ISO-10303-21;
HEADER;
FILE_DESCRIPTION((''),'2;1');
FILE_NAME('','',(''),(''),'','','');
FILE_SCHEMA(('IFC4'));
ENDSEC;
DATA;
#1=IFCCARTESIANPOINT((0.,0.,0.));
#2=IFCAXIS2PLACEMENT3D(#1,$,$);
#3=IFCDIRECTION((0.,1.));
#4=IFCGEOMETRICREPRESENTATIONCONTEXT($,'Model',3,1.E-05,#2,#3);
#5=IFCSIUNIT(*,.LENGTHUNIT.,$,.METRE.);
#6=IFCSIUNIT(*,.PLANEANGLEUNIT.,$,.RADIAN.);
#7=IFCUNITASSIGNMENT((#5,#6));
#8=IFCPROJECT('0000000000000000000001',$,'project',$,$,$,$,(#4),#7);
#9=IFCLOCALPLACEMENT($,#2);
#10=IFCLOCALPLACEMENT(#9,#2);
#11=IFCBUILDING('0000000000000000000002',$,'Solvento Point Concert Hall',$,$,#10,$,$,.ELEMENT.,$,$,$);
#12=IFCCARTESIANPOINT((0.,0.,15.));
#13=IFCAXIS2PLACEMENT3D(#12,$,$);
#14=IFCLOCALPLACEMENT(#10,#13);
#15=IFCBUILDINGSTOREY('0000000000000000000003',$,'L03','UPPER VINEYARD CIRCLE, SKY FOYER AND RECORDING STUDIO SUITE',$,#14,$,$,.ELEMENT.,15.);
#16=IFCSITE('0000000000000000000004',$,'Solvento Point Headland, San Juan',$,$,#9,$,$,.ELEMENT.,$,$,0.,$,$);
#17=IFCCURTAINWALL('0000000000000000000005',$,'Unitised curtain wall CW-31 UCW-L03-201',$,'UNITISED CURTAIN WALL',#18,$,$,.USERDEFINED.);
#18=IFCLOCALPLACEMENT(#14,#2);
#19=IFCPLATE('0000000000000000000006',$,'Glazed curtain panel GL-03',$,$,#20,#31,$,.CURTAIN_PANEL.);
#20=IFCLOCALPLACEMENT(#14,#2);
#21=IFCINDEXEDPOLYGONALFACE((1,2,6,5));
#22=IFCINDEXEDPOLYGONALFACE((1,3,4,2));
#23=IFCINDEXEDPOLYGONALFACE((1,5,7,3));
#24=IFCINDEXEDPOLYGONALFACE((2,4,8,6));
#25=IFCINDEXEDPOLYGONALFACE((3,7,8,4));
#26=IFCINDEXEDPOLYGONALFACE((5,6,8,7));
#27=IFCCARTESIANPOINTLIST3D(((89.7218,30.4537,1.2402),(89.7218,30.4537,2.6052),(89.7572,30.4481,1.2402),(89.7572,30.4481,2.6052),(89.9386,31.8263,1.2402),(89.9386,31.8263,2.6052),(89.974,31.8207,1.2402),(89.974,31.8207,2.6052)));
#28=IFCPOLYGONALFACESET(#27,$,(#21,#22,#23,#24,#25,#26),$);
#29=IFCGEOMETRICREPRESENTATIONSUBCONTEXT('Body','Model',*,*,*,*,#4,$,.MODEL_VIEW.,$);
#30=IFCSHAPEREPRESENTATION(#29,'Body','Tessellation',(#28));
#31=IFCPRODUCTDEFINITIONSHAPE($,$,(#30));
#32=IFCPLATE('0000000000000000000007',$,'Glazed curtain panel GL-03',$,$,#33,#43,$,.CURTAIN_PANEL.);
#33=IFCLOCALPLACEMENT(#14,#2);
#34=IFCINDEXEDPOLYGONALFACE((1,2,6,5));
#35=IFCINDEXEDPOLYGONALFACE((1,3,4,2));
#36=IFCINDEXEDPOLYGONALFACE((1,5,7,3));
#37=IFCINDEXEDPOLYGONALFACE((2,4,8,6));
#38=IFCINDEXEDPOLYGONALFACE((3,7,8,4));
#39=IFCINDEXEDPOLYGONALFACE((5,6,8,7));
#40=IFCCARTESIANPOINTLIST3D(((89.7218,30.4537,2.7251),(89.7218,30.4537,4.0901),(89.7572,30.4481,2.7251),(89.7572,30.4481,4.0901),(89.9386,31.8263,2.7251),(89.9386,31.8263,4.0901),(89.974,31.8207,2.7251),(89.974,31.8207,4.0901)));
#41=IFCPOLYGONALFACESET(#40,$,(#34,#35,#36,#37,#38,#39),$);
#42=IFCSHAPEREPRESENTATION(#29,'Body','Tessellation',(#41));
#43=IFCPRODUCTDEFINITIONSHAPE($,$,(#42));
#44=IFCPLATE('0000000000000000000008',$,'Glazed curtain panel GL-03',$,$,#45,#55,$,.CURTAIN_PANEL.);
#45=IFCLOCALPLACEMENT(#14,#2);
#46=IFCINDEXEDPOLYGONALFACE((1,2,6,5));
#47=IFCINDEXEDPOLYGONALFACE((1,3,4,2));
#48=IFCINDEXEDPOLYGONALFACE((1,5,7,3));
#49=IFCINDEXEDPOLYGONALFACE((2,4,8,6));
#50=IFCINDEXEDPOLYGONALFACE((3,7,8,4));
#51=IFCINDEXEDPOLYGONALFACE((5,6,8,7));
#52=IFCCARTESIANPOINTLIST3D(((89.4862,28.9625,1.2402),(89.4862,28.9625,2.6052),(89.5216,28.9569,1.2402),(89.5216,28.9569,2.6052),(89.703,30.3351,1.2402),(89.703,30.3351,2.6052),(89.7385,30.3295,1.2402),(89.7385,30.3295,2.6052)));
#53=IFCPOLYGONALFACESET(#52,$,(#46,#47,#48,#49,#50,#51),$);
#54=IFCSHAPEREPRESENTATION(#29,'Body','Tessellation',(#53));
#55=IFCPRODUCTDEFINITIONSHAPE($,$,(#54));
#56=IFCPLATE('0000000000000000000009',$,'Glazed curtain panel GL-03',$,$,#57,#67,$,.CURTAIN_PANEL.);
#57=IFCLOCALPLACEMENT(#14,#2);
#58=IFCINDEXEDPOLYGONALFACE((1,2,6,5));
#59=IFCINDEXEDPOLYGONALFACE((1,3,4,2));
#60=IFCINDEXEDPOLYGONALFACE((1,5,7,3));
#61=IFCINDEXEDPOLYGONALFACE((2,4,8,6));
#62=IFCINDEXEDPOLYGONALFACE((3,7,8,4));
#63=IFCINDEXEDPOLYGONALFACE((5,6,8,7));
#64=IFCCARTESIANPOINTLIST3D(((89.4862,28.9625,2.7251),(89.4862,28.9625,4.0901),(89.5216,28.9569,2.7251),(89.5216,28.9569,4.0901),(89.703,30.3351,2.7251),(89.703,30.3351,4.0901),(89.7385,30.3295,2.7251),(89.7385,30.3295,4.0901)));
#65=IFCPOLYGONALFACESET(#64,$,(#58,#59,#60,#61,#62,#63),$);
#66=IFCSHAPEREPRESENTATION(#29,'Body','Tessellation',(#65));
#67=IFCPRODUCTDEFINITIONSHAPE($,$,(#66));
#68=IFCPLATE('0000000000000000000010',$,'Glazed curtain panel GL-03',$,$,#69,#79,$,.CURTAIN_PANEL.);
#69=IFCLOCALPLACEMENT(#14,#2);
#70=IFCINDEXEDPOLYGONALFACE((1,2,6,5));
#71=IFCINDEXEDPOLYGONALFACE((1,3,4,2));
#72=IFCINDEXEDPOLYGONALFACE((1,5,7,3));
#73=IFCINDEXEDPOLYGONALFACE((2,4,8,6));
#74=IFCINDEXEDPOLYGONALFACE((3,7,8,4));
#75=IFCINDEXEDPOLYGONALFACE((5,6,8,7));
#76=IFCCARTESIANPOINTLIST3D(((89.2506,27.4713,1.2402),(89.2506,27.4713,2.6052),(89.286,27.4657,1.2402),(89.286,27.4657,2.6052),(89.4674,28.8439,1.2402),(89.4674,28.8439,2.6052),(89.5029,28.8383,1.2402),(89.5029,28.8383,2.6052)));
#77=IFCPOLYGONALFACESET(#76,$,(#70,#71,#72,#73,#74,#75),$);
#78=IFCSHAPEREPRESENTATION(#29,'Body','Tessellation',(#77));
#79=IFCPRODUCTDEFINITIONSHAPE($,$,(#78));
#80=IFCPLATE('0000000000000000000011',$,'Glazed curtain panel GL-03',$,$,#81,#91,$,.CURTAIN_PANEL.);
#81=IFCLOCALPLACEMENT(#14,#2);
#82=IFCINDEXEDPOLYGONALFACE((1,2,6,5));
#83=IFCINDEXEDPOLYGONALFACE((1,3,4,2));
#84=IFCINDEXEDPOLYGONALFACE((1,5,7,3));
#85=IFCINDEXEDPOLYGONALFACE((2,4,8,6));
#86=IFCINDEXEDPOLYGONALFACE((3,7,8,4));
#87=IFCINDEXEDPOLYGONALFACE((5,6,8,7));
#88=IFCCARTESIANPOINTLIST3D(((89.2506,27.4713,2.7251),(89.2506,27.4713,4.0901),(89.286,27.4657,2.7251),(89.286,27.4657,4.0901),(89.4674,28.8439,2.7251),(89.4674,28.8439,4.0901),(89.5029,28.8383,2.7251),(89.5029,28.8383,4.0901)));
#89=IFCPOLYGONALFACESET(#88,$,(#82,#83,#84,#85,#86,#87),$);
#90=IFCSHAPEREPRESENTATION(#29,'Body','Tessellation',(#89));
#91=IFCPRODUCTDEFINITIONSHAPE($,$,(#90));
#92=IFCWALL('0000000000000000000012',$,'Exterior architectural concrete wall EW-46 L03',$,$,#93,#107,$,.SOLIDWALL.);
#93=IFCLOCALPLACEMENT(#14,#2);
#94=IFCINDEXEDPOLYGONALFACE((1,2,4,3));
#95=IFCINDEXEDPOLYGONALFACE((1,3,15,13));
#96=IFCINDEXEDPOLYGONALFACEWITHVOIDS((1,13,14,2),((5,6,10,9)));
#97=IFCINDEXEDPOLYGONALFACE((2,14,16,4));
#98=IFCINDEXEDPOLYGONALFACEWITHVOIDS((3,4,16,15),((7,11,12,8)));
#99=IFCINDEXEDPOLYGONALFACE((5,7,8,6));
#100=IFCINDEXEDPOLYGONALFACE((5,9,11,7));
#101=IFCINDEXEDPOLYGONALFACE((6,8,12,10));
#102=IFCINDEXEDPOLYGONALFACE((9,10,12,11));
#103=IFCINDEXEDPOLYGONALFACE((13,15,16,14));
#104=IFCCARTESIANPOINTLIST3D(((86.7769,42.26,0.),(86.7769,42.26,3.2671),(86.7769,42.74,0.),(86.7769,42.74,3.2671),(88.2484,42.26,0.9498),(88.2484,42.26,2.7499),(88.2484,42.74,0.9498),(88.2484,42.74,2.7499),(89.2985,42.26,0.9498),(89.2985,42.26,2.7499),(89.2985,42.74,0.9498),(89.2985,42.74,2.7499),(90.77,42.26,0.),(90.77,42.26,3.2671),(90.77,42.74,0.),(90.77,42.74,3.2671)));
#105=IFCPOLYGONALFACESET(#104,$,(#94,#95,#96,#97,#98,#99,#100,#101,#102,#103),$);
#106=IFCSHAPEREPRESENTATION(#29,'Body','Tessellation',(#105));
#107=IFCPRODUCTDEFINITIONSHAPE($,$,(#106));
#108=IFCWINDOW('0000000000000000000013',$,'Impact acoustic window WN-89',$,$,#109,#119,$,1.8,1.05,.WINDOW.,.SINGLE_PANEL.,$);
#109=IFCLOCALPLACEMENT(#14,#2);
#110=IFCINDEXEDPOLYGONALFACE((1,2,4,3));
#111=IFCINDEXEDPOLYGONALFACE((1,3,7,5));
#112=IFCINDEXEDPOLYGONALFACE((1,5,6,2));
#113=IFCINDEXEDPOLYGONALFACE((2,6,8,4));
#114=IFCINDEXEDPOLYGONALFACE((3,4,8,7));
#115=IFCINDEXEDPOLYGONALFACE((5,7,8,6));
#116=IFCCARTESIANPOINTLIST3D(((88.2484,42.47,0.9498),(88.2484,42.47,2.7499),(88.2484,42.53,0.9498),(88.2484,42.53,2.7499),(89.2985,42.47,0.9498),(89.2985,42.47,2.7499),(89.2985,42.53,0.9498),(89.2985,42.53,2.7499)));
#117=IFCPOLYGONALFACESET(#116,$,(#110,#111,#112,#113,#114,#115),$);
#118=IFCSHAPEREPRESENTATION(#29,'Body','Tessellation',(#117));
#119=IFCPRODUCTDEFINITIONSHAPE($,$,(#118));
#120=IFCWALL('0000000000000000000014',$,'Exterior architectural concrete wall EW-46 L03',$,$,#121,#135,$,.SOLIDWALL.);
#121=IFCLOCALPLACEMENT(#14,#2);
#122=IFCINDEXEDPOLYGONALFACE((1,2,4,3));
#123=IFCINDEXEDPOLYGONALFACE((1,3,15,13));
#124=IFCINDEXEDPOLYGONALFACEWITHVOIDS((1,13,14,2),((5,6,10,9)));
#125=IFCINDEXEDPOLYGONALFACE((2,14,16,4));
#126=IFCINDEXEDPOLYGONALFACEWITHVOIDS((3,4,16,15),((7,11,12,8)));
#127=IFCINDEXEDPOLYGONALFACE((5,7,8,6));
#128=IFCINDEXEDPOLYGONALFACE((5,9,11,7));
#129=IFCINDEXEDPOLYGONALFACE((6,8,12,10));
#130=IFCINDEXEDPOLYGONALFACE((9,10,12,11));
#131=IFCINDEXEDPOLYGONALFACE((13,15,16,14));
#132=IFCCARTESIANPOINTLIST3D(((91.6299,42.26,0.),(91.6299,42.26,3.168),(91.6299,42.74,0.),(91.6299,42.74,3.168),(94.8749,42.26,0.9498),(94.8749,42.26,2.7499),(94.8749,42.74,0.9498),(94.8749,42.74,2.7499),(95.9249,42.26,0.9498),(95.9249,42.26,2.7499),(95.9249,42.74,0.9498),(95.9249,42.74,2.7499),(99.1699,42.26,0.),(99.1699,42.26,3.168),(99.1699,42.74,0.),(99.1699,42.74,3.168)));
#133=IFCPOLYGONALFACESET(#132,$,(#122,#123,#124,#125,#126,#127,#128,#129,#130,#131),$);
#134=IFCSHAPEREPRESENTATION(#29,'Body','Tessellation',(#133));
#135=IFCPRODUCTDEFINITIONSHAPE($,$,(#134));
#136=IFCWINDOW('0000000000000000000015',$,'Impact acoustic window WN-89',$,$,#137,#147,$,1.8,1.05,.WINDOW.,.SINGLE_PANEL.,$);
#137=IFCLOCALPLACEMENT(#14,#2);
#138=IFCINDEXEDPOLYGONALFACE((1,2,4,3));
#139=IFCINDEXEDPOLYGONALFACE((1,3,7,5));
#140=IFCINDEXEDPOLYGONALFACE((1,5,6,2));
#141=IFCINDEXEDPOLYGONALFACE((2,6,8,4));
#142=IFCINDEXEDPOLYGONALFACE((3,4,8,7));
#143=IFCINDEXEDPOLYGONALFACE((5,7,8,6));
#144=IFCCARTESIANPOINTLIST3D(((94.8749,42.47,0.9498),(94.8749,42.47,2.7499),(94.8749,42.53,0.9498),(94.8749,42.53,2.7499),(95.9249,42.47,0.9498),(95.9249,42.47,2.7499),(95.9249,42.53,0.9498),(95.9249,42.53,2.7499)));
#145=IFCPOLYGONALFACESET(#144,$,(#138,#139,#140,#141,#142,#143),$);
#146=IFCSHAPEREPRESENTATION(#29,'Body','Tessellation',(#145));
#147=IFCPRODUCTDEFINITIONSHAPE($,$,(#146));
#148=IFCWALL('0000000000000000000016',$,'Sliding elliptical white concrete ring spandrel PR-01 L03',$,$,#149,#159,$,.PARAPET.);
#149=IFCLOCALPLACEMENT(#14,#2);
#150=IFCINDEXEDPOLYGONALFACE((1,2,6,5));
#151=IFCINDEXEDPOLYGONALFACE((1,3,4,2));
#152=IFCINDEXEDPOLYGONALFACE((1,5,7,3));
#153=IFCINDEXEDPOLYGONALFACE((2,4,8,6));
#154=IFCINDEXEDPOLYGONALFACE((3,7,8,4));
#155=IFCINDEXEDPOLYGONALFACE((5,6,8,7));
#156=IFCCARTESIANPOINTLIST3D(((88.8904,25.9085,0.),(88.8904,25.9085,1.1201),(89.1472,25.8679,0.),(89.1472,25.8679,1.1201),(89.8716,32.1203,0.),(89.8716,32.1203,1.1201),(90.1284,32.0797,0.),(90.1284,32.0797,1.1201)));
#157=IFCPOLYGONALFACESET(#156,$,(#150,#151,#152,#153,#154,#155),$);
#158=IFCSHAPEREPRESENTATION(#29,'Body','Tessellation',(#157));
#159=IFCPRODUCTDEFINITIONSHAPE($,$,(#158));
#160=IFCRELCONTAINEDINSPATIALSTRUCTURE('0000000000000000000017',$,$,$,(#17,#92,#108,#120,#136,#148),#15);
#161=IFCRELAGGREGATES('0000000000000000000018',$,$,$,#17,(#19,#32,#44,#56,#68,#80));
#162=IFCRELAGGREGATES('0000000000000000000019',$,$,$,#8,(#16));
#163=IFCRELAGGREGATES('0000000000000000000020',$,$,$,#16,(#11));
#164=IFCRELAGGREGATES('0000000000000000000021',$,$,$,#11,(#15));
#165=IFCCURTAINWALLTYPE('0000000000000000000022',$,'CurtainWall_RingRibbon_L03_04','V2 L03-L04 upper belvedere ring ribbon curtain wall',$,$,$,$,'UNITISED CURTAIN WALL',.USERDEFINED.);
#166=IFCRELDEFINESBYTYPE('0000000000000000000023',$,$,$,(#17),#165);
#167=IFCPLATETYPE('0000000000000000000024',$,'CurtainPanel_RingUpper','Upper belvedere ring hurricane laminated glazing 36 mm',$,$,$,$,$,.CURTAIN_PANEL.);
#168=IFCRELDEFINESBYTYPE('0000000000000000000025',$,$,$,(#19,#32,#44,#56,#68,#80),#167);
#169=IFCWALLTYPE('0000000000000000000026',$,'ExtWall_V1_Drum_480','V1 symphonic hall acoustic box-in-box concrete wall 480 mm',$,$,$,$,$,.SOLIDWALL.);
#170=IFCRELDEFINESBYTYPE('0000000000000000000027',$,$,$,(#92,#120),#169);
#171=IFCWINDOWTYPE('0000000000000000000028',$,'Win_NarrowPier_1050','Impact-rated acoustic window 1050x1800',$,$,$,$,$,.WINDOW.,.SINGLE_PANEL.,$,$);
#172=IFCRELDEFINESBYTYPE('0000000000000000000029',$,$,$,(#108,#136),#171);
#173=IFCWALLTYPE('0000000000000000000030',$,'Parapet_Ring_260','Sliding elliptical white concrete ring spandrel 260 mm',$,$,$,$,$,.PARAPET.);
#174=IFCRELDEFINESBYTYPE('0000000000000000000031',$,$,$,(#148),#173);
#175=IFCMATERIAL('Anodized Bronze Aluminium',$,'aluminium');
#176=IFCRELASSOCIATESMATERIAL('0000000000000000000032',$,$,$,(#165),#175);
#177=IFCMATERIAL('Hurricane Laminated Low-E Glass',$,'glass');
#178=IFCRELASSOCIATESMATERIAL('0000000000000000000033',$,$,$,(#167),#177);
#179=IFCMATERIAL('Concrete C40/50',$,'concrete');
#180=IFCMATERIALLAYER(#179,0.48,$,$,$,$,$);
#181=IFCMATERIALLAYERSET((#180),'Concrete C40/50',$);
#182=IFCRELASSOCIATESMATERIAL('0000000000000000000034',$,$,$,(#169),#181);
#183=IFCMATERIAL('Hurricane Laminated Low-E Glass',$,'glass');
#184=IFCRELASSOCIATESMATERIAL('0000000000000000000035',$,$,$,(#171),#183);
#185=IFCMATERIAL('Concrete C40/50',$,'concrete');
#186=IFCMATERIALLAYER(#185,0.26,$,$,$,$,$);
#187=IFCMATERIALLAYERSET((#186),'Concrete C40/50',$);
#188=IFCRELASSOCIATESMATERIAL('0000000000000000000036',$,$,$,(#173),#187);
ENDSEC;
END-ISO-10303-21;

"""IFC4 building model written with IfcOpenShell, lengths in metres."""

from ifc_helpers import new_model, si_unit, direction, frame, frame_2d, origin, origin_2d, place, context, subcontext, project, spatial, rectangle, extrude, material, layer, layer_set, type_object, element, fill, aggregate, save


model = new_model("IFC4")

# Units and contexts
model_context = context("Model", 3, precision=1e-05, world=origin(), true_north=direction((0.0, 1.0)))
body_context = subcontext(model_context, "Body", "Model", "MODEL_VIEW")
ifc_project = project(units=[si_unit("LENGTHUNIT", "METRE"), si_unit("PLANEANGLEUNIT", "RADIAN")], contexts=[model_context])

# Site, building, storey
site_placement = place(None, origin())
site = spatial("IfcSite", under=ifc_project, at=site_placement, Name="Solvento Point Headland, San Juan", CompositionType="ELEMENT", RefElevation=0.0)
building_placement = place(site_placement, origin())
building = spatial("IfcBuilding", under=site, at=building_placement, Name="Solvento Point Concert Hall", CompositionType="ELEMENT")
storey_placement = place(building_placement, frame((0.0, 0.0, 15.0)))
storey = spatial("IfcBuildingStorey", under=building, at=storey_placement, Name="L03", Description="UPPER VINEYARD CIRCLE, SKY FOYER AND RECORDING STUDIO SUITE", CompositionType="ELEMENT", Elevation=15.0)

# Curtain wall
ifc_material_1 = material(Name="Anodized Bronze Aluminium", Category="aluminium")
curtain_wall_type = type_object("IfcCurtainWallType", Name="CurtainWall_RingRibbon_L03_04", Description="V2 L03-L04 upper belvedere ring ribbon curtain wall", ElementType="UNITISED CURTAIN WALL", PredefinedType="USERDEFINED", material=ifc_material_1)
curtain_wall_1_placement = place(storey_placement, origin())
curtain_wall_1 = element("IfcCurtainWall", 1, at=curtain_wall_1_placement, inside=storey, type_object=curtain_wall_type, Name="Unitised curtain wall CW-31 UCW-L03-201", ObjectType="UNITISED CURTAIN WALL", PredefinedType="USERDEFINED")

# Plates
ifc_material_2 = material(Name="Hurricane Laminated Low-E Glass", Category="glass")
plate_type = type_object("IfcPlateType", Name="CurtainPanel_RingUpper", Description="Upper belvedere ring hurricane laminated glazing 36 mm", PredefinedType="CURTAIN_PANEL", material=ifc_material_2)
plate_1_placement = place(storey_placement, frame((89.8479, 31.1372, 1.2402), z_axis=(0.0, 0.0, 1.0), x_axis=(-0.156041, -0.987751, 0.0)))
plate_1 = element("IfcPlate", 2, at=plate_1_placement, type_object=plate_type, Name="Glazed curtain panel GL-03", PredefinedType="CURTAIN_PANEL", context=body_context, shape_type="SweptSolid", body=[
    extrude(rectangle(XDim=1.3896, YDim=0.0359, at=origin_2d()), origin(), (0.0, 0.0, 1.0), 1.365),
])
plate_2_placement = place(storey_placement, frame((89.8479, 31.1372, 2.7251), z_axis=(0.0, 0.0, 1.0), x_axis=(-0.156041, -0.987751, 0.0)))
plate_2 = element("IfcPlate", 3, at=plate_2_placement, type_object=plate_type, Name="Glazed curtain panel GL-03", PredefinedType="CURTAIN_PANEL", context=body_context, shape_type="SweptSolid", body=[
    extrude(rectangle(XDim=1.3896, YDim=0.0359, at=origin_2d()), origin(), (0.0, 0.0, 1.0), 1.365),
])
plate_3_placement = place(storey_placement, frame((89.6123, 29.646, 1.2402), z_axis=(0.0, 0.0, 1.0), x_axis=(-0.156041, -0.987751, 0.0)))
plate_3 = element("IfcPlate", 4, at=plate_3_placement, type_object=plate_type, Name="Glazed curtain panel GL-03", PredefinedType="CURTAIN_PANEL", context=body_context, shape_type="SweptSolid", body=[
    extrude(rectangle(XDim=1.3896, YDim=0.0359, at=origin_2d()), origin(), (0.0, 0.0, 1.0), 1.365),
])
plate_4_placement = place(storey_placement, frame((89.6123, 29.646, 2.7251), z_axis=(0.0, 0.0, 1.0), x_axis=(-0.156041, -0.987751, 0.0)))
plate_4 = element("IfcPlate", 5, at=plate_4_placement, type_object=plate_type, Name="Glazed curtain panel GL-03", PredefinedType="CURTAIN_PANEL", context=body_context, shape_type="SweptSolid", body=[
    extrude(rectangle(XDim=1.3896, YDim=0.0359, at=origin_2d()), origin(), (0.0, 0.0, 1.0), 1.365),
])
plate_5_placement = place(storey_placement, frame((89.3767, 28.1548, 1.2402), z_axis=(0.0, 0.0, 1.0), x_axis=(-0.156041, -0.987751, 0.0)))
plate_5 = element("IfcPlate", 6, at=plate_5_placement, type_object=plate_type, Name="Glazed curtain panel GL-03", PredefinedType="CURTAIN_PANEL", context=body_context, shape_type="SweptSolid", body=[
    extrude(rectangle(XDim=1.3896, YDim=0.0359, at=origin_2d()), origin(), (0.0, 0.0, 1.0), 1.365),
])
plate_6_placement = place(storey_placement, frame((89.3767, 28.1548, 2.7251), z_axis=(0.0, 0.0, 1.0), x_axis=(-0.156041, -0.987751, 0.0)))
plate_6 = element("IfcPlate", 7, at=plate_6_placement, type_object=plate_type, Name="Glazed curtain panel GL-03", PredefinedType="CURTAIN_PANEL", context=body_context, shape_type="SweptSolid", body=[
    extrude(rectangle(XDim=1.3896, YDim=0.0359, at=origin_2d()), origin(), (0.0, 0.0, 1.0), 1.365),
])
aggregate(curtain_wall_1, [plate_1, plate_2, plate_3, plate_4, plate_5, plate_6])

# Walls, openings, windows
ifc_material_3 = material(Name="Concrete C40/50", Category="concrete")
ifc_layer_1 = layer(ifc_material_3, 0.48)
ifc_layer_set_1 = layer_set([ifc_layer_1], Name="Concrete C40/50")
wall_type_1 = type_object("IfcWallType", Name="ExtWall_V1_Drum_480", Description="V1 symphonic hall acoustic box-in-box concrete wall 480 mm", PredefinedType="SOLIDWALL", material=ifc_layer_set_1)
wall_1_placement = place(storey_placement, frame((90.77, 42.5, 0.0), z_axis=(0.0, 0.0, 1.0), x_axis=(-1.0, 0.0, 0.0)))
wall_1 = element("IfcWall", 8, at=wall_1_placement, inside=storey, type_object=wall_type_1, Name="Exterior architectural concrete wall EW-46 L03", PredefinedType="SOLIDWALL", context=body_context, shape_type="SweptSolid", body=[
    extrude(rectangle(XDim=3.9932, YDim=0.48, at=frame_2d((1.9966, 0.0))), origin(), (0.0, 0.0, 1.0), 3.2671),
])
opening_1_placement = place(wall_1_placement, frame((1.4717, 0.0, 0.95)))
opening_1 = element("IfcOpeningElement", 9, at=opening_1_placement, cuts=wall_1, PredefinedType="OPENING", context=body_context, shape_type="SweptSolid", body=[
    extrude(rectangle(XDim=1.05, YDim=1.8, at=frame_2d((0.5249, 0.8999))), frame((0.0, 0.25, 0.0), z_axis=(0.0, -1.0, 0.0), x_axis=(1.0, 0.0, 0.0)), (0.0, 0.0, 1.0), 0.5),
])
ifc_material_4 = material(Name="Hurricane Laminated Low-E Glass", Category="glass")
window_type = type_object("IfcWindowType", Name="Win_NarrowPier_1050", Description="Impact-rated acoustic window 1050x1800", PartitioningType="SINGLE_PANEL", PredefinedType="WINDOW", material=ifc_material_4)
window_1_placement = place(opening_1_placement, origin())
window_1 = element("IfcWindow", 10, at=window_1_placement, inside=storey, type_object=window_type, Name="Impact acoustic window WN-89", OverallHeight=1.8, OverallWidth=1.05, PartitioningType="SINGLE_PANEL", PredefinedType="WINDOW", context=body_context, shape_type="SweptSolid", body=[
    extrude(rectangle(XDim=1.05, YDim=1.8, at=frame_2d((0.5249, 0.8999))), frame((0.0, 0.03, 0.0), z_axis=(0.0, -1.0, 0.0), x_axis=(1.0, 0.0, 0.0)), (0.0, 0.0, 1.0), 0.0601),
])
fill(opening_1, window_1)
wall_2_placement = place(storey_placement, frame((99.1699, 42.5, 0.0), z_axis=(0.0, 0.0, 1.0), x_axis=(-1.0, 0.0, 0.0)))
wall_2 = element("IfcWall", 11, at=wall_2_placement, inside=storey, type_object=wall_type_1, Name="Exterior architectural concrete wall EW-46 L03", PredefinedType="SOLIDWALL", context=body_context, shape_type="SweptSolid", body=[
    extrude(rectangle(XDim=7.54, YDim=0.48, at=frame_2d((3.77, 0.0))), origin(), (0.0, 0.0, 1.0), 3.168),
])
opening_2_placement = place(wall_2_placement, frame((3.2451, 0.0, 0.95)))
opening_2 = element("IfcOpeningElement", 12, at=opening_2_placement, cuts=wall_2, PredefinedType="OPENING", context=body_context, shape_type="SweptSolid", body=[
    extrude(rectangle(XDim=1.05, YDim=1.8, at=frame_2d((0.5249, 0.8999))), frame((0.0, 0.25, 0.0), z_axis=(0.0, -1.0, 0.0), x_axis=(1.0, 0.0, 0.0)), (0.0, 0.0, 1.0), 0.5),
])
window_2_placement = place(opening_2_placement, origin())
window_2 = element("IfcWindow", 13, at=window_2_placement, inside=storey, type_object=window_type, Name="Impact acoustic window WN-89", OverallHeight=1.8, OverallWidth=1.05, PartitioningType="SINGLE_PANEL", PredefinedType="WINDOW", context=body_context, shape_type="SweptSolid", body=[
    extrude(rectangle(XDim=1.05, YDim=1.8, at=frame_2d((0.5249, 0.8999))), frame((0.0, 0.03, 0.0), z_axis=(0.0, -1.0, 0.0), x_axis=(1.0, 0.0, 0.0)), (0.0, 0.0, 1.0), 0.0601),
])
fill(opening_2, window_2)

# Wall
ifc_material_5 = material(Name="Concrete C40/50", Category="concrete")
ifc_layer_2 = layer(ifc_material_5, 0.26)
ifc_layer_set_2 = layer_set([ifc_layer_2], Name="Concrete C40/50")
wall_type_2 = type_object("IfcWallType", Name="Parapet_Ring_260", Description="Sliding elliptical white concrete ring spandrel 260 mm", PredefinedType="PARAPET", material=ifc_layer_set_2)
wall_3_placement = place(storey_placement, frame((90.0, 32.1001, 0.0), z_axis=(0.0, 0.0, 1.0), x_axis=(-0.15602, -0.987754, 0.0)))
element("IfcWall", 14, at=wall_3_placement, inside=storey, type_object=wall_type_2, Name="Sliding elliptical white concrete ring spandrel PR-01 L03", PredefinedType="PARAPET", context=body_context, shape_type="SweptSolid", body=[
    extrude(rectangle(XDim=6.2888, YDim=0.26, at=frame_2d((3.1445, 0.0))), origin(), (0.0, 0.0, 1.0), 1.1201),
])

save(model, "model.ifc")
